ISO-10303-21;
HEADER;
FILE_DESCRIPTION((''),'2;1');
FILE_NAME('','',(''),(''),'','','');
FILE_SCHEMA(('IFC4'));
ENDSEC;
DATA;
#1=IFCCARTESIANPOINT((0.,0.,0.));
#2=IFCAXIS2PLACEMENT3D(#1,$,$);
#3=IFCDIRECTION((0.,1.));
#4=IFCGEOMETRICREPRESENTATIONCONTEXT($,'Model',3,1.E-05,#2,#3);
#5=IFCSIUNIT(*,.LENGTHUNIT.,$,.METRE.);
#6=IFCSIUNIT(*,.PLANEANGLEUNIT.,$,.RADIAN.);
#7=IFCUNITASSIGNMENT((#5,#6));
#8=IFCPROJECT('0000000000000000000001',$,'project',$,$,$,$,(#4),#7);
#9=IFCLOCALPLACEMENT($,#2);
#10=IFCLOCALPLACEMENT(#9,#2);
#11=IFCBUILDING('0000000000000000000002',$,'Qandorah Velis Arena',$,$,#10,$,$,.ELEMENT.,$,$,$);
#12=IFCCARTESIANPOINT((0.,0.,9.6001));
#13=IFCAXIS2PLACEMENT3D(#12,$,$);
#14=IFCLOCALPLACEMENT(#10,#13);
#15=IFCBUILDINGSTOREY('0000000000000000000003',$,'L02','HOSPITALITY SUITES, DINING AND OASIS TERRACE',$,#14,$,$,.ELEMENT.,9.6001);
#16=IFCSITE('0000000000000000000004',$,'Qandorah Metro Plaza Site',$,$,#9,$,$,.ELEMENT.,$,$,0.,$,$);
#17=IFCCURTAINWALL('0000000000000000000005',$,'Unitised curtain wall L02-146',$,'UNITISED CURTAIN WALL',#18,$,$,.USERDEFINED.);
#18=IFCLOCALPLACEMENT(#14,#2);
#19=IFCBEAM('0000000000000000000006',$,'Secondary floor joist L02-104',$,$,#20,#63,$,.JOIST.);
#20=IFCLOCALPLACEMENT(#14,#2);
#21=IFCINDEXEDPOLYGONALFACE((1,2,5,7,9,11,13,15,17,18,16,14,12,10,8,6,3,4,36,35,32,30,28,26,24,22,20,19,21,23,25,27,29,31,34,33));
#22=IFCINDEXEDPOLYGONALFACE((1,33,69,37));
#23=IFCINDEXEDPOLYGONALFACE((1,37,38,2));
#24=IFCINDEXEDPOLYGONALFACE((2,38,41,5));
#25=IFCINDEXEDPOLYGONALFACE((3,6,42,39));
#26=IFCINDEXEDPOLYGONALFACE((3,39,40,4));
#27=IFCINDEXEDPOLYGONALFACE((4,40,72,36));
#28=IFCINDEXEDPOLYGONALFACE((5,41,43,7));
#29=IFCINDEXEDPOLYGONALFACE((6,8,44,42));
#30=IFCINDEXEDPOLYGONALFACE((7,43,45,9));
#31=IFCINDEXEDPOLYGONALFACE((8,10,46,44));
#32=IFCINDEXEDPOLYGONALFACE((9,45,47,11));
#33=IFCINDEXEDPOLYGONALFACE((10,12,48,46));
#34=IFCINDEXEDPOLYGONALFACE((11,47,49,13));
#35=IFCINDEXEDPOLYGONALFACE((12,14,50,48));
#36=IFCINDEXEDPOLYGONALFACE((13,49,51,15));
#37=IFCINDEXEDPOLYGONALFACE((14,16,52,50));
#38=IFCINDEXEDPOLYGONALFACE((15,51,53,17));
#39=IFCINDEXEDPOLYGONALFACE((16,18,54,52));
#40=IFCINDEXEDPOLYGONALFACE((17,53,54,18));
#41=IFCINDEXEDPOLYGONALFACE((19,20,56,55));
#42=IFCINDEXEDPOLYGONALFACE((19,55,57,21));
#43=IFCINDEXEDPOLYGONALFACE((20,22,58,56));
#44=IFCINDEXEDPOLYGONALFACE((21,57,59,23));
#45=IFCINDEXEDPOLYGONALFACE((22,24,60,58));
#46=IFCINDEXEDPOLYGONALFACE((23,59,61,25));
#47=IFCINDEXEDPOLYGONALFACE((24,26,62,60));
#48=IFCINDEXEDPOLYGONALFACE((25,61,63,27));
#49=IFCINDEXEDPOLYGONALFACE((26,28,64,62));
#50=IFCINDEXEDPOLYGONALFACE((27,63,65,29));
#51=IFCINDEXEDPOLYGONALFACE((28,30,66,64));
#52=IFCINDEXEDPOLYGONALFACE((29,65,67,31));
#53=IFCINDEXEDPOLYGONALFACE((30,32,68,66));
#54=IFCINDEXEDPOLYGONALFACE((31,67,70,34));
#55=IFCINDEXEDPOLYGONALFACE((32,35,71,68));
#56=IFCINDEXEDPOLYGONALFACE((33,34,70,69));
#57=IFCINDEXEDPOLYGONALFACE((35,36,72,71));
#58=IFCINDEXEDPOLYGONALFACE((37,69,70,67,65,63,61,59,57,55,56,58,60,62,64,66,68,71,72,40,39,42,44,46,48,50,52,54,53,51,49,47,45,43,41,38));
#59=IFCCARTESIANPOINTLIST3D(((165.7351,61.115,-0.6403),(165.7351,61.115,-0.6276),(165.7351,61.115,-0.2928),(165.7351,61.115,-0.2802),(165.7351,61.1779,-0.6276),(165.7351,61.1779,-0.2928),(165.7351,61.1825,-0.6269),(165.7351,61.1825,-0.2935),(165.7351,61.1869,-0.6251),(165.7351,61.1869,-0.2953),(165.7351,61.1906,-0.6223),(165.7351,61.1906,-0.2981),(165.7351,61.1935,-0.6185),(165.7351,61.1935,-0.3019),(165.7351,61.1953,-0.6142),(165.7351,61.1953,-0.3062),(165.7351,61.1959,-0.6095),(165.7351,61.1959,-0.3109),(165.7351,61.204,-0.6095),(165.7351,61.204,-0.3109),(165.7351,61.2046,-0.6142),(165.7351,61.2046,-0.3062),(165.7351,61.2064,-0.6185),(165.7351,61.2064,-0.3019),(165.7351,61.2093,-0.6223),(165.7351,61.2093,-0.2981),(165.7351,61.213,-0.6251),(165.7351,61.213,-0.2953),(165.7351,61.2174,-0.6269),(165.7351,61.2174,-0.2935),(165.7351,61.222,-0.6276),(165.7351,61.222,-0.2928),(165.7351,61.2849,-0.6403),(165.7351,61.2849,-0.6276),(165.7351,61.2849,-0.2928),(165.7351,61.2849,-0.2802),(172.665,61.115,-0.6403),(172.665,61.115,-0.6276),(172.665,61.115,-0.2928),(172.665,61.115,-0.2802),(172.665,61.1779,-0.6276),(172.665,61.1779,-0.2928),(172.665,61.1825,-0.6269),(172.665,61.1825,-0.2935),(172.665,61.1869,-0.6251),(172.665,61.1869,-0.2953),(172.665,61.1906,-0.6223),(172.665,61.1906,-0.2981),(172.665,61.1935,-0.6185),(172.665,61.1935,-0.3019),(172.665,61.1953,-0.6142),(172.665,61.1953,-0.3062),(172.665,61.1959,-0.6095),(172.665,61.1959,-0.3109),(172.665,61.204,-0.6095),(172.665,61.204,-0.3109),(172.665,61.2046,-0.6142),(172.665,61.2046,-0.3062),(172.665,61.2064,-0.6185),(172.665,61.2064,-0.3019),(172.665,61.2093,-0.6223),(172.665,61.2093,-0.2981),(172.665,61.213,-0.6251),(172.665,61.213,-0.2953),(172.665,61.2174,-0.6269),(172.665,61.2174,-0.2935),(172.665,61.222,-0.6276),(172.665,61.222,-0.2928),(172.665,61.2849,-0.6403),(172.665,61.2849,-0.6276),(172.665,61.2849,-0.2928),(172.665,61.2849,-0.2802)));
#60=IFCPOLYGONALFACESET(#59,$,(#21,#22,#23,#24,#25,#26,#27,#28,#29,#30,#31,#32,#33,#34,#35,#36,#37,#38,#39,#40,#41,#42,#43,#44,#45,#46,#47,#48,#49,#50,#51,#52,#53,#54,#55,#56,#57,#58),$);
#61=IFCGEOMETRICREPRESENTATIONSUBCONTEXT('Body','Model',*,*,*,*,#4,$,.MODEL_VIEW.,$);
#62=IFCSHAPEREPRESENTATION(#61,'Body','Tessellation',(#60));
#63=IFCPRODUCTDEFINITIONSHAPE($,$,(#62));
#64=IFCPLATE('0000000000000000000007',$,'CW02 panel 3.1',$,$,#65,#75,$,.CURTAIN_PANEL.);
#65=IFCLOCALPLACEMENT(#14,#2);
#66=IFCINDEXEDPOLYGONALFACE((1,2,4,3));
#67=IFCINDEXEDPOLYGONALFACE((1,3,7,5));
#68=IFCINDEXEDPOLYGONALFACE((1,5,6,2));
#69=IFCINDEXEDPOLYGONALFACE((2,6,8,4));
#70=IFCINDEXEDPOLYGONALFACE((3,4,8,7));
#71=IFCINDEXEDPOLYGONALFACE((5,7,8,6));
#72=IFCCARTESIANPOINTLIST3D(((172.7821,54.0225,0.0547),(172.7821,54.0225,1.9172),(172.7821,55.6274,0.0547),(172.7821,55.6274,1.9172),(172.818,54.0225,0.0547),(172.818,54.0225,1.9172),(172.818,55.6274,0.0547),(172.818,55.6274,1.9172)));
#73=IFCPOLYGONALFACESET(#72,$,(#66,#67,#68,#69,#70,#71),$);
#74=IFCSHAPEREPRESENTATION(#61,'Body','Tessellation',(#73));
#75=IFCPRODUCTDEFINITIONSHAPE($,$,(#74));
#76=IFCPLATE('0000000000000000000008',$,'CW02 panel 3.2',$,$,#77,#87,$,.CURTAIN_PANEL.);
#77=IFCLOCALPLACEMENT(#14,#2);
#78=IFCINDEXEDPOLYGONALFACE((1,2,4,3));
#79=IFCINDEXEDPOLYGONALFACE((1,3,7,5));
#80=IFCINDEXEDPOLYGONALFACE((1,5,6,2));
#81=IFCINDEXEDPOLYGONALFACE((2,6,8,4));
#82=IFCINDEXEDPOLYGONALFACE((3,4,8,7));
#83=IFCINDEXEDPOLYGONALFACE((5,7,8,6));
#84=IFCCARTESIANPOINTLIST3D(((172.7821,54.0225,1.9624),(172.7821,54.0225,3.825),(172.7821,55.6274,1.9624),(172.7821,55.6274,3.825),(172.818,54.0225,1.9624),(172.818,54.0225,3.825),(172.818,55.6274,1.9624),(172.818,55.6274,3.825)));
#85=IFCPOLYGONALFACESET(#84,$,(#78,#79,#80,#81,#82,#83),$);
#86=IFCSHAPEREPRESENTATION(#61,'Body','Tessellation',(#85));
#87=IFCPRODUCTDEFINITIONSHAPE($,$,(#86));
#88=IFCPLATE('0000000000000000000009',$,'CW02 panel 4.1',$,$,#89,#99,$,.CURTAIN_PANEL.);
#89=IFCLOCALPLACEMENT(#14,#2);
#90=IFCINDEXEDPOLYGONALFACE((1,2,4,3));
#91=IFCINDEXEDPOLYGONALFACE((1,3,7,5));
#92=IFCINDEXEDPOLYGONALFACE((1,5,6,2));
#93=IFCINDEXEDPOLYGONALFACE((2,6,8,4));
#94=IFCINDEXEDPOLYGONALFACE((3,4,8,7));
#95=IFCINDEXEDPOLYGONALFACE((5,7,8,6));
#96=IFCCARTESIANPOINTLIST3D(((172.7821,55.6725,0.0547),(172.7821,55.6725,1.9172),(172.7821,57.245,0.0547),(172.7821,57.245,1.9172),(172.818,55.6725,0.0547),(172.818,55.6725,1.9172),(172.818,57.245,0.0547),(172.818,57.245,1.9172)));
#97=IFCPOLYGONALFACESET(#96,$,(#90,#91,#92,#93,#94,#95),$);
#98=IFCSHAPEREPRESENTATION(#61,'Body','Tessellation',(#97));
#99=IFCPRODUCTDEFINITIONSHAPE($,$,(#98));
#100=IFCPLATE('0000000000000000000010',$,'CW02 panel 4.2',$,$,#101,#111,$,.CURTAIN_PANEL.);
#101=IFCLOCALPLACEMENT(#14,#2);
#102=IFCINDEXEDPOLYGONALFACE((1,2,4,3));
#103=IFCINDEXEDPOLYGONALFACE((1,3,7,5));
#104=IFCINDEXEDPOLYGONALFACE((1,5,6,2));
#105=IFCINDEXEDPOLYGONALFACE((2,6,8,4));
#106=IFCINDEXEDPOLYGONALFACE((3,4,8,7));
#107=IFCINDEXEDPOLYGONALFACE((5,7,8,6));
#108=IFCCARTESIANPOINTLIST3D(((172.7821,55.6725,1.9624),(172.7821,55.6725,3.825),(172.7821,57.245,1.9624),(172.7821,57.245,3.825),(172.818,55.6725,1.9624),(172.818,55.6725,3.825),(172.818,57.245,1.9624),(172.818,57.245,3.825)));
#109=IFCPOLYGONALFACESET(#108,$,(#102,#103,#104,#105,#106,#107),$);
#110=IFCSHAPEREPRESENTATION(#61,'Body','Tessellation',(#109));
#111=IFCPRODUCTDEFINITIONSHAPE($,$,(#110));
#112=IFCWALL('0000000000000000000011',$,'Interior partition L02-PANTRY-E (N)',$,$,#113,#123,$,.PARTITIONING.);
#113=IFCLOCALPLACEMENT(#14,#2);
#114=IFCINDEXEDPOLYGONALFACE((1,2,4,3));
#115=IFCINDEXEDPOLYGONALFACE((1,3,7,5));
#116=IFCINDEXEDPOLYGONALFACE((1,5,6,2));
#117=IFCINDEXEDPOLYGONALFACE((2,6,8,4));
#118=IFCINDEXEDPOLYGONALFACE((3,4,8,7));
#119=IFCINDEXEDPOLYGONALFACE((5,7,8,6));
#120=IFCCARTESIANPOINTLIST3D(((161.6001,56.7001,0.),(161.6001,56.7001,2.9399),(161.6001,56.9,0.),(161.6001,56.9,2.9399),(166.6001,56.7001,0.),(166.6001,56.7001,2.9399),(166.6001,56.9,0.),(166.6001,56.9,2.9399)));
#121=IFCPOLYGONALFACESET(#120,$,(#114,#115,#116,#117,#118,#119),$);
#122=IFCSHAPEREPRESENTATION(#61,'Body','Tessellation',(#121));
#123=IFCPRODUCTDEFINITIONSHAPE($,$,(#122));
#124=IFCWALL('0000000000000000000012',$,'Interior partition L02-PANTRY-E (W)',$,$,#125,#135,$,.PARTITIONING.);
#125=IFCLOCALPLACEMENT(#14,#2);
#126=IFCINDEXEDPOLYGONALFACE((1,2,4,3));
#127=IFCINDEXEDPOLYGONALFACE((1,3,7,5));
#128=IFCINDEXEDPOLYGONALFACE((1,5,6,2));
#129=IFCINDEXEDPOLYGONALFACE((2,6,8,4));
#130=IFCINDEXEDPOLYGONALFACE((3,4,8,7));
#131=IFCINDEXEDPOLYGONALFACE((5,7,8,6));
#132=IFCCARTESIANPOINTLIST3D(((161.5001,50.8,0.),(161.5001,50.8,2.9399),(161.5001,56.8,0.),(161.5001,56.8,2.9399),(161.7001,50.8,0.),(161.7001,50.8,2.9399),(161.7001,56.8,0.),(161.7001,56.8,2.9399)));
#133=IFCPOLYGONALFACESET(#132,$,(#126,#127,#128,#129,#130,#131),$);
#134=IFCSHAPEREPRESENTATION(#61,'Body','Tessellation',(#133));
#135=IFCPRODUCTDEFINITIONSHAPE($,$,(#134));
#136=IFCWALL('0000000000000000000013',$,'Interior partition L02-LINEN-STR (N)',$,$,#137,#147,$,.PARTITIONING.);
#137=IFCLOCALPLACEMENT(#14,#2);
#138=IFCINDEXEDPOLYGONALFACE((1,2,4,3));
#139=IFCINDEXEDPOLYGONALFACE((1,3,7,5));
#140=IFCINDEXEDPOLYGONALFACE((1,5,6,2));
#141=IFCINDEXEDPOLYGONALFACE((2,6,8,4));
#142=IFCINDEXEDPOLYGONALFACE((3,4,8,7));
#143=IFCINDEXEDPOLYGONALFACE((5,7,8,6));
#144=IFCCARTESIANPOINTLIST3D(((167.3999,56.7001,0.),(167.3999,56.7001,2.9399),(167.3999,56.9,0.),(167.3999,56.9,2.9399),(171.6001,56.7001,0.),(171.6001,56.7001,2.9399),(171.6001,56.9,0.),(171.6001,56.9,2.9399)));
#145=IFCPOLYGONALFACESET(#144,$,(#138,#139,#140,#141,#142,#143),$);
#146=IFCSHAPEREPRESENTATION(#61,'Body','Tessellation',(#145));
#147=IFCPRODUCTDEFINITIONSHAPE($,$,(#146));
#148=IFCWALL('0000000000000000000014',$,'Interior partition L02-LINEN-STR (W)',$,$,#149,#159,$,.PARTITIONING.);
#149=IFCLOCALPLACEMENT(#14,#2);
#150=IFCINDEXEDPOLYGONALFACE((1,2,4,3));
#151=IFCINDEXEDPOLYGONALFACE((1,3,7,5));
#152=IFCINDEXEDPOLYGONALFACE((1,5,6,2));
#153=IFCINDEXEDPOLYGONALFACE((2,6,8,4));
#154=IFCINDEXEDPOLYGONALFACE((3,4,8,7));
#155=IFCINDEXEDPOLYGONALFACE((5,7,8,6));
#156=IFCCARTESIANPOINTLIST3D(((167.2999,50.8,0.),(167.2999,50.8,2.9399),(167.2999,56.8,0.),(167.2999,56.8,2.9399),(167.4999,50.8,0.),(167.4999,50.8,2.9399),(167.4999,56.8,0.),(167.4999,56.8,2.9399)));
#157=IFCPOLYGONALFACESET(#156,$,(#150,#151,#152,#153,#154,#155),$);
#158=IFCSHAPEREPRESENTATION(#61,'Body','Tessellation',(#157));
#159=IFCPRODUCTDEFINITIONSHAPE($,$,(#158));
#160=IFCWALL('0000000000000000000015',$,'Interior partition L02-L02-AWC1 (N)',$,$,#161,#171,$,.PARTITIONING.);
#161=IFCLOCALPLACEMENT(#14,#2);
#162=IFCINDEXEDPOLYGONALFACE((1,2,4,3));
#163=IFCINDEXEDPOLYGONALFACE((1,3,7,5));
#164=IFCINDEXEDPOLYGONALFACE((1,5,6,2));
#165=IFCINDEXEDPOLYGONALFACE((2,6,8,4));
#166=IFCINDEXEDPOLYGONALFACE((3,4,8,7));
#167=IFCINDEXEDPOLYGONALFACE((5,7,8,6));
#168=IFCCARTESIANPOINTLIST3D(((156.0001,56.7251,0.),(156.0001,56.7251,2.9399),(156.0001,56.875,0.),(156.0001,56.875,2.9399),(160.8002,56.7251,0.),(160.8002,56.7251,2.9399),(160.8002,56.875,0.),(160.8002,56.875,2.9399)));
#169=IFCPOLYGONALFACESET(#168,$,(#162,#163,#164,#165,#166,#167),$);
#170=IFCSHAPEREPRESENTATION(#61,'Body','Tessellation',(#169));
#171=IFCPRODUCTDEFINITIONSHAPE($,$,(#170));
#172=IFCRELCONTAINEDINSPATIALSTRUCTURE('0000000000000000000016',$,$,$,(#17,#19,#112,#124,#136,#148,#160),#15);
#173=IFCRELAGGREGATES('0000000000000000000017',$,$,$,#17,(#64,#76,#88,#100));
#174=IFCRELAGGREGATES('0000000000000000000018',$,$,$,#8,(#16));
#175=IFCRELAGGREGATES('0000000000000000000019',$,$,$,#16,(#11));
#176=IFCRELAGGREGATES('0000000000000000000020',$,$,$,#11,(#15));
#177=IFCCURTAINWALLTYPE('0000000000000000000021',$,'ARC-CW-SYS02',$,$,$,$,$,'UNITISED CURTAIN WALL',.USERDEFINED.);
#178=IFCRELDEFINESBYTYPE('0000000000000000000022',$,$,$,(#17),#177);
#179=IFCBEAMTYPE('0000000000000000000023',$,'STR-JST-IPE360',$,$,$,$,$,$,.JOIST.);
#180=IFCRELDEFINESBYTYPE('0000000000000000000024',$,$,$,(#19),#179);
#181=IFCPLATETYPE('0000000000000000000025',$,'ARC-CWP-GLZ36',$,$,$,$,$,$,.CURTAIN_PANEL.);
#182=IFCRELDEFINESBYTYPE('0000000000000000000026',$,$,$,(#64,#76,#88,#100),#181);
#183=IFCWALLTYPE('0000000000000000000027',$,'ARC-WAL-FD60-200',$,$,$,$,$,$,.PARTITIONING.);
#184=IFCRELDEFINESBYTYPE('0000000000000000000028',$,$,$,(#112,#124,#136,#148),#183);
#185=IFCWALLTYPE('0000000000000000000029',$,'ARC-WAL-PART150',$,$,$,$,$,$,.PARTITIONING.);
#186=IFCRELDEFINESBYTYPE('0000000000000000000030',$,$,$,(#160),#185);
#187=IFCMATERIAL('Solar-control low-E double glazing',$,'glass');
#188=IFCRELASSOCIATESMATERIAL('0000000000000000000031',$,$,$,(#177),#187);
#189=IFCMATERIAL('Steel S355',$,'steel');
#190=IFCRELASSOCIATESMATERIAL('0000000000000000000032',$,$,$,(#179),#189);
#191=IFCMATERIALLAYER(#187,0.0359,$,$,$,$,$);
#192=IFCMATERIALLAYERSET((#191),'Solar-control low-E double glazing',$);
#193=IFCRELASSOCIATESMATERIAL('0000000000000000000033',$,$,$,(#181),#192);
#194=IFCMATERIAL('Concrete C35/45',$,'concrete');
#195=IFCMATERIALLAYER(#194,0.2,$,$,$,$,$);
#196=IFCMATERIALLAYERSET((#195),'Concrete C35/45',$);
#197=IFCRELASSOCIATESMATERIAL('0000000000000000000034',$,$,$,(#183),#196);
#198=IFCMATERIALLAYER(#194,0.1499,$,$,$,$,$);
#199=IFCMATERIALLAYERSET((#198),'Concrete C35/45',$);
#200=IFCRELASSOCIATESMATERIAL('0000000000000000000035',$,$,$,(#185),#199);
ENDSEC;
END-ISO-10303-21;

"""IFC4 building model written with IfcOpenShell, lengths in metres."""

from ifc_helpers import new_model, si_unit, direction, frame, frame_2d, origin, origin_2d, place, context, subcontext, project, spatial, rectangle, i_section, extrude, material, layer, layer_set, material_profile, profile_set, type_object, element, aggregate, save


model = new_model("IFC4")

# Units and contexts
model_context = context("Model", 3, precision=1e-05, world=origin(), true_north=direction((0.0, 1.0)))
body_context = subcontext(model_context, "Body", "Model", "MODEL_VIEW")
ifc_project = project(units=[si_unit("LENGTHUNIT", "METRE"), si_unit("PLANEANGLEUNIT", "RADIAN")], contexts=[model_context])

# Site, building, storey
site_placement = place(None, origin())
site = spatial("IfcSite", under=ifc_project, at=site_placement, Name="Qandorah Metro Plaza Site", CompositionType="ELEMENT", RefElevation=0.0)
building_placement = place(site_placement, origin())
building = spatial("IfcBuilding", under=site, at=building_placement, Name="Qandorah Velis Arena", CompositionType="ELEMENT")
storey_placement = place(building_placement, frame((0.0, 0.0, 9.6001)))
storey = spatial("IfcBuildingStorey", under=building, at=storey_placement, Name="L02", Description="HOSPITALITY SUITES, DINING AND OASIS TERRACE", CompositionType="ELEMENT", Elevation=9.6001)

# Shared definitions
ifc_material_1 = material(Name="Steel S355", Category="steel")

# Shared definitions
ifc_material_2 = material(Name="Solar-control low-E double glazing", Category="glass")

# Curtain wall
curtain_wall_type_1 = type_object("IfcCurtainWallType", Name="ARC-CW-SYS02", ElementType="UNITISED CURTAIN WALL", PredefinedType="USERDEFINED", material=ifc_material_2)
curtain_wall_1_placement = place(storey_placement, origin())
curtain_wall_1 = element("IfcCurtainWall", 1, at=curtain_wall_1_placement, inside=storey, type_object=curtain_wall_type_1, Name="Unitised curtain wall L02-146", ObjectType="UNITISED CURTAIN WALL", PredefinedType="USERDEFINED")

# Beam
ifc_material_profile_1 = material_profile(ifc_material_1, i_section(OverallWidth=0.1699, OverallDepth=0.3601, WebThickness=0.0081, FlangeThickness=0.0127, FilletRadius=0.0181, at=origin_2d()), Name="IPE 360")
ifc_profile_set_1 = profile_set([ifc_material_profile_1], Name="Steel S355")
beam_type_1 = type_object("IfcBeamType", Name="STR-JST-IPE360", PredefinedType="JOIST", material=ifc_profile_set_1)
beam_1_placement = place(storey_placement, frame((165.7351, 61.2, -0.4602), z_axis=(1.0, 0.0, 0.0), x_axis=(0.0, 1.0, 0.0)))
element("IfcBeam", 2, at=beam_1_placement, inside=storey, type_object=beam_type_1, Name="Secondary floor joist L02-104", PredefinedType="JOIST", context=body_context, shape_type="SweptSolid", body=[
    extrude(i_section(OverallWidth=0.1699, OverallDepth=0.3601, WebThickness=0.0081, FlangeThickness=0.0127, FilletRadius=0.0181, at=origin_2d()), origin(), (0.0, 0.0, 1.0), 6.9299),
])

# Plates
ifc_layer_1 = layer(ifc_material_2, 0.0359)
ifc_layer_set_1 = layer_set([ifc_layer_1], Name="Solar-control low-E double glazing")
plate_type = type_object("IfcPlateType", Name="ARC-CWP-GLZ36", PredefinedType="CURTAIN_PANEL", material=ifc_layer_set_1)
plate_1_placement = place(storey_placement, frame((172.8, 54.825, 0.0547), z_axis=(0.0, 0.0, 1.0), x_axis=(0.0, 1.0, 0.0)))
plate_1 = element("IfcPlate", 3, at=plate_1_placement, type_object=plate_type, Name="CW02 panel 3.1", PredefinedType="CURTAIN_PANEL", context=body_context, shape_type="SweptSolid", body=[
    extrude(rectangle(XDim=1.605, YDim=0.0359, at=origin_2d()), origin(), (0.0, 0.0, 1.0), 1.8625),
])
plate_2_placement = place(storey_placement, frame((172.8, 54.825, 1.9624), z_axis=(0.0, 0.0, 1.0), x_axis=(0.0, 1.0, 0.0)))
plate_2 = element("IfcPlate", 4, at=plate_2_placement, type_object=plate_type, Name="CW02 panel 3.2", PredefinedType="CURTAIN_PANEL", context=body_context, shape_type="SweptSolid", body=[
    extrude(rectangle(XDim=1.605, YDim=0.0359, at=origin_2d()), origin(), (0.0, 0.0, 1.0), 1.8625),
])
plate_3_placement = place(storey_placement, frame((172.8, 56.4587, 0.0547), z_axis=(0.0, 0.0, 1.0), x_axis=(0.0, 1.0, 0.0)))
plate_3 = element("IfcPlate", 5, at=plate_3_placement, type_object=plate_type, Name="CW02 panel 4.1", PredefinedType="CURTAIN_PANEL", context=body_context, shape_type="SweptSolid", body=[
    extrude(rectangle(XDim=1.5725, YDim=0.0359, at=origin_2d()), origin(), (0.0, 0.0, 1.0), 1.8625),
])
plate_4_placement = place(storey_placement, frame((172.8, 56.4587, 1.9624), z_axis=(0.0, 0.0, 1.0), x_axis=(0.0, 1.0, 0.0)))
plate_4 = element("IfcPlate", 6, at=plate_4_placement, type_object=plate_type, Name="CW02 panel 4.2", PredefinedType="CURTAIN_PANEL", context=body_context, shape_type="SweptSolid", body=[
    extrude(rectangle(XDim=1.5725, YDim=0.0359, at=origin_2d()), origin(), (0.0, 0.0, 1.0), 1.8625),
])
aggregate(curtain_wall_1, [plate_1, plate_2, plate_3, plate_4])

# Walls
ifc_material_3 = material(Name="Concrete C35/45", Category="concrete")
ifc_layer_2 = layer(ifc_material_3, 0.2)
ifc_layer_set_2 = layer_set([ifc_layer_2], Name="Concrete C35/45")
wall_type_1 = type_object("IfcWallType", Name="ARC-WAL-FD60-200", PredefinedType="PARTITIONING", material=ifc_layer_set_2)
wall_1_placement = place(storey_placement, frame((166.6001, 56.8, 0.0), z_axis=(0.0, 0.0, 1.0), x_axis=(-1.0, 0.0, 0.0)))
element("IfcWall", 7, at=wall_1_placement, inside=storey, type_object=wall_type_1, Name="Interior partition L02-PANTRY-E (N)", PredefinedType="PARTITIONING", context=body_context, shape_type="SweptSolid", body=[
    extrude(rectangle(XDim=5.0, YDim=0.2, at=frame_2d((2.5, 0.0))), origin(), (0.0, 0.0, 1.0), 2.9399),
])
wall_2_placement = place(storey_placement, frame((161.6001, 56.8, 0.0), z_axis=(0.0, 0.0, 1.0), x_axis=(0.0, -1.0, 0.0)))
element("IfcWall", 8, at=wall_2_placement, inside=storey, type_object=wall_type_1, Name="Interior partition L02-PANTRY-E (W)", PredefinedType="PARTITIONING", context=body_context, shape_type="SweptSolid", body=[
    extrude(rectangle(XDim=6.0, YDim=0.2, at=frame_2d((3.0, 0.0))), origin(), (0.0, 0.0, 1.0), 2.9399),
])
wall_3_placement = place(storey_placement, frame((171.6001, 56.8, 0.0), z_axis=(0.0, 0.0, 1.0), x_axis=(-1.0, 0.0, 0.0)))
element("IfcWall", 9, at=wall_3_placement, inside=storey, type_object=wall_type_1, Name="Interior partition L02-LINEN-STR (N)", PredefinedType="PARTITIONING", context=body_context, shape_type="SweptSolid", body=[
    extrude(rectangle(XDim=4.2002, YDim=0.2, at=frame_2d((2.1001, 0.0))), origin(), (0.0, 0.0, 1.0), 2.9399),
])
wall_4_placement = place(storey_placement, frame((167.3999, 56.8, 0.0), z_axis=(0.0, 0.0, 1.0), x_axis=(0.0, -1.0, 0.0)))
element("IfcWall", 10, at=wall_4_placement, inside=storey, type_object=wall_type_1, Name="Interior partition L02-LINEN-STR (W)", PredefinedType="PARTITIONING", context=body_context, shape_type="SweptSolid", body=[
    extrude(rectangle(XDim=6.0, YDim=0.2, at=frame_2d((3.0, 0.0))), origin(), (0.0, 0.0, 1.0), 2.9399),
])
ifc_layer_3 = layer(ifc_material_3, 0.1499)
ifc_layer_set_3 = layer_set([ifc_layer_3], Name="Concrete C35/45")
wall_type_2 = type_object("IfcWallType", Name="ARC-WAL-PART150", PredefinedType="PARTITIONING", material=ifc_layer_set_3)
wall_5_placement = place(storey_placement, frame((160.8, 56.8, 0.0), z_axis=(0.0, 0.0, 1.0), x_axis=(-1.0, 0.0, 0.0)))
element("IfcWall", 11, at=wall_5_placement, inside=storey, type_object=wall_type_2, Name="Interior partition L02-L02-AWC1 (N)", PredefinedType="PARTITIONING", context=body_context, shape_type="SweptSolid", body=[
    extrude(rectangle(XDim=4.8, YDim=0.1499, at=frame_2d((2.3999, 0.0))), origin(), (0.0, 0.0, 1.0), 2.9399),
])

save(model, "model.ifc")
